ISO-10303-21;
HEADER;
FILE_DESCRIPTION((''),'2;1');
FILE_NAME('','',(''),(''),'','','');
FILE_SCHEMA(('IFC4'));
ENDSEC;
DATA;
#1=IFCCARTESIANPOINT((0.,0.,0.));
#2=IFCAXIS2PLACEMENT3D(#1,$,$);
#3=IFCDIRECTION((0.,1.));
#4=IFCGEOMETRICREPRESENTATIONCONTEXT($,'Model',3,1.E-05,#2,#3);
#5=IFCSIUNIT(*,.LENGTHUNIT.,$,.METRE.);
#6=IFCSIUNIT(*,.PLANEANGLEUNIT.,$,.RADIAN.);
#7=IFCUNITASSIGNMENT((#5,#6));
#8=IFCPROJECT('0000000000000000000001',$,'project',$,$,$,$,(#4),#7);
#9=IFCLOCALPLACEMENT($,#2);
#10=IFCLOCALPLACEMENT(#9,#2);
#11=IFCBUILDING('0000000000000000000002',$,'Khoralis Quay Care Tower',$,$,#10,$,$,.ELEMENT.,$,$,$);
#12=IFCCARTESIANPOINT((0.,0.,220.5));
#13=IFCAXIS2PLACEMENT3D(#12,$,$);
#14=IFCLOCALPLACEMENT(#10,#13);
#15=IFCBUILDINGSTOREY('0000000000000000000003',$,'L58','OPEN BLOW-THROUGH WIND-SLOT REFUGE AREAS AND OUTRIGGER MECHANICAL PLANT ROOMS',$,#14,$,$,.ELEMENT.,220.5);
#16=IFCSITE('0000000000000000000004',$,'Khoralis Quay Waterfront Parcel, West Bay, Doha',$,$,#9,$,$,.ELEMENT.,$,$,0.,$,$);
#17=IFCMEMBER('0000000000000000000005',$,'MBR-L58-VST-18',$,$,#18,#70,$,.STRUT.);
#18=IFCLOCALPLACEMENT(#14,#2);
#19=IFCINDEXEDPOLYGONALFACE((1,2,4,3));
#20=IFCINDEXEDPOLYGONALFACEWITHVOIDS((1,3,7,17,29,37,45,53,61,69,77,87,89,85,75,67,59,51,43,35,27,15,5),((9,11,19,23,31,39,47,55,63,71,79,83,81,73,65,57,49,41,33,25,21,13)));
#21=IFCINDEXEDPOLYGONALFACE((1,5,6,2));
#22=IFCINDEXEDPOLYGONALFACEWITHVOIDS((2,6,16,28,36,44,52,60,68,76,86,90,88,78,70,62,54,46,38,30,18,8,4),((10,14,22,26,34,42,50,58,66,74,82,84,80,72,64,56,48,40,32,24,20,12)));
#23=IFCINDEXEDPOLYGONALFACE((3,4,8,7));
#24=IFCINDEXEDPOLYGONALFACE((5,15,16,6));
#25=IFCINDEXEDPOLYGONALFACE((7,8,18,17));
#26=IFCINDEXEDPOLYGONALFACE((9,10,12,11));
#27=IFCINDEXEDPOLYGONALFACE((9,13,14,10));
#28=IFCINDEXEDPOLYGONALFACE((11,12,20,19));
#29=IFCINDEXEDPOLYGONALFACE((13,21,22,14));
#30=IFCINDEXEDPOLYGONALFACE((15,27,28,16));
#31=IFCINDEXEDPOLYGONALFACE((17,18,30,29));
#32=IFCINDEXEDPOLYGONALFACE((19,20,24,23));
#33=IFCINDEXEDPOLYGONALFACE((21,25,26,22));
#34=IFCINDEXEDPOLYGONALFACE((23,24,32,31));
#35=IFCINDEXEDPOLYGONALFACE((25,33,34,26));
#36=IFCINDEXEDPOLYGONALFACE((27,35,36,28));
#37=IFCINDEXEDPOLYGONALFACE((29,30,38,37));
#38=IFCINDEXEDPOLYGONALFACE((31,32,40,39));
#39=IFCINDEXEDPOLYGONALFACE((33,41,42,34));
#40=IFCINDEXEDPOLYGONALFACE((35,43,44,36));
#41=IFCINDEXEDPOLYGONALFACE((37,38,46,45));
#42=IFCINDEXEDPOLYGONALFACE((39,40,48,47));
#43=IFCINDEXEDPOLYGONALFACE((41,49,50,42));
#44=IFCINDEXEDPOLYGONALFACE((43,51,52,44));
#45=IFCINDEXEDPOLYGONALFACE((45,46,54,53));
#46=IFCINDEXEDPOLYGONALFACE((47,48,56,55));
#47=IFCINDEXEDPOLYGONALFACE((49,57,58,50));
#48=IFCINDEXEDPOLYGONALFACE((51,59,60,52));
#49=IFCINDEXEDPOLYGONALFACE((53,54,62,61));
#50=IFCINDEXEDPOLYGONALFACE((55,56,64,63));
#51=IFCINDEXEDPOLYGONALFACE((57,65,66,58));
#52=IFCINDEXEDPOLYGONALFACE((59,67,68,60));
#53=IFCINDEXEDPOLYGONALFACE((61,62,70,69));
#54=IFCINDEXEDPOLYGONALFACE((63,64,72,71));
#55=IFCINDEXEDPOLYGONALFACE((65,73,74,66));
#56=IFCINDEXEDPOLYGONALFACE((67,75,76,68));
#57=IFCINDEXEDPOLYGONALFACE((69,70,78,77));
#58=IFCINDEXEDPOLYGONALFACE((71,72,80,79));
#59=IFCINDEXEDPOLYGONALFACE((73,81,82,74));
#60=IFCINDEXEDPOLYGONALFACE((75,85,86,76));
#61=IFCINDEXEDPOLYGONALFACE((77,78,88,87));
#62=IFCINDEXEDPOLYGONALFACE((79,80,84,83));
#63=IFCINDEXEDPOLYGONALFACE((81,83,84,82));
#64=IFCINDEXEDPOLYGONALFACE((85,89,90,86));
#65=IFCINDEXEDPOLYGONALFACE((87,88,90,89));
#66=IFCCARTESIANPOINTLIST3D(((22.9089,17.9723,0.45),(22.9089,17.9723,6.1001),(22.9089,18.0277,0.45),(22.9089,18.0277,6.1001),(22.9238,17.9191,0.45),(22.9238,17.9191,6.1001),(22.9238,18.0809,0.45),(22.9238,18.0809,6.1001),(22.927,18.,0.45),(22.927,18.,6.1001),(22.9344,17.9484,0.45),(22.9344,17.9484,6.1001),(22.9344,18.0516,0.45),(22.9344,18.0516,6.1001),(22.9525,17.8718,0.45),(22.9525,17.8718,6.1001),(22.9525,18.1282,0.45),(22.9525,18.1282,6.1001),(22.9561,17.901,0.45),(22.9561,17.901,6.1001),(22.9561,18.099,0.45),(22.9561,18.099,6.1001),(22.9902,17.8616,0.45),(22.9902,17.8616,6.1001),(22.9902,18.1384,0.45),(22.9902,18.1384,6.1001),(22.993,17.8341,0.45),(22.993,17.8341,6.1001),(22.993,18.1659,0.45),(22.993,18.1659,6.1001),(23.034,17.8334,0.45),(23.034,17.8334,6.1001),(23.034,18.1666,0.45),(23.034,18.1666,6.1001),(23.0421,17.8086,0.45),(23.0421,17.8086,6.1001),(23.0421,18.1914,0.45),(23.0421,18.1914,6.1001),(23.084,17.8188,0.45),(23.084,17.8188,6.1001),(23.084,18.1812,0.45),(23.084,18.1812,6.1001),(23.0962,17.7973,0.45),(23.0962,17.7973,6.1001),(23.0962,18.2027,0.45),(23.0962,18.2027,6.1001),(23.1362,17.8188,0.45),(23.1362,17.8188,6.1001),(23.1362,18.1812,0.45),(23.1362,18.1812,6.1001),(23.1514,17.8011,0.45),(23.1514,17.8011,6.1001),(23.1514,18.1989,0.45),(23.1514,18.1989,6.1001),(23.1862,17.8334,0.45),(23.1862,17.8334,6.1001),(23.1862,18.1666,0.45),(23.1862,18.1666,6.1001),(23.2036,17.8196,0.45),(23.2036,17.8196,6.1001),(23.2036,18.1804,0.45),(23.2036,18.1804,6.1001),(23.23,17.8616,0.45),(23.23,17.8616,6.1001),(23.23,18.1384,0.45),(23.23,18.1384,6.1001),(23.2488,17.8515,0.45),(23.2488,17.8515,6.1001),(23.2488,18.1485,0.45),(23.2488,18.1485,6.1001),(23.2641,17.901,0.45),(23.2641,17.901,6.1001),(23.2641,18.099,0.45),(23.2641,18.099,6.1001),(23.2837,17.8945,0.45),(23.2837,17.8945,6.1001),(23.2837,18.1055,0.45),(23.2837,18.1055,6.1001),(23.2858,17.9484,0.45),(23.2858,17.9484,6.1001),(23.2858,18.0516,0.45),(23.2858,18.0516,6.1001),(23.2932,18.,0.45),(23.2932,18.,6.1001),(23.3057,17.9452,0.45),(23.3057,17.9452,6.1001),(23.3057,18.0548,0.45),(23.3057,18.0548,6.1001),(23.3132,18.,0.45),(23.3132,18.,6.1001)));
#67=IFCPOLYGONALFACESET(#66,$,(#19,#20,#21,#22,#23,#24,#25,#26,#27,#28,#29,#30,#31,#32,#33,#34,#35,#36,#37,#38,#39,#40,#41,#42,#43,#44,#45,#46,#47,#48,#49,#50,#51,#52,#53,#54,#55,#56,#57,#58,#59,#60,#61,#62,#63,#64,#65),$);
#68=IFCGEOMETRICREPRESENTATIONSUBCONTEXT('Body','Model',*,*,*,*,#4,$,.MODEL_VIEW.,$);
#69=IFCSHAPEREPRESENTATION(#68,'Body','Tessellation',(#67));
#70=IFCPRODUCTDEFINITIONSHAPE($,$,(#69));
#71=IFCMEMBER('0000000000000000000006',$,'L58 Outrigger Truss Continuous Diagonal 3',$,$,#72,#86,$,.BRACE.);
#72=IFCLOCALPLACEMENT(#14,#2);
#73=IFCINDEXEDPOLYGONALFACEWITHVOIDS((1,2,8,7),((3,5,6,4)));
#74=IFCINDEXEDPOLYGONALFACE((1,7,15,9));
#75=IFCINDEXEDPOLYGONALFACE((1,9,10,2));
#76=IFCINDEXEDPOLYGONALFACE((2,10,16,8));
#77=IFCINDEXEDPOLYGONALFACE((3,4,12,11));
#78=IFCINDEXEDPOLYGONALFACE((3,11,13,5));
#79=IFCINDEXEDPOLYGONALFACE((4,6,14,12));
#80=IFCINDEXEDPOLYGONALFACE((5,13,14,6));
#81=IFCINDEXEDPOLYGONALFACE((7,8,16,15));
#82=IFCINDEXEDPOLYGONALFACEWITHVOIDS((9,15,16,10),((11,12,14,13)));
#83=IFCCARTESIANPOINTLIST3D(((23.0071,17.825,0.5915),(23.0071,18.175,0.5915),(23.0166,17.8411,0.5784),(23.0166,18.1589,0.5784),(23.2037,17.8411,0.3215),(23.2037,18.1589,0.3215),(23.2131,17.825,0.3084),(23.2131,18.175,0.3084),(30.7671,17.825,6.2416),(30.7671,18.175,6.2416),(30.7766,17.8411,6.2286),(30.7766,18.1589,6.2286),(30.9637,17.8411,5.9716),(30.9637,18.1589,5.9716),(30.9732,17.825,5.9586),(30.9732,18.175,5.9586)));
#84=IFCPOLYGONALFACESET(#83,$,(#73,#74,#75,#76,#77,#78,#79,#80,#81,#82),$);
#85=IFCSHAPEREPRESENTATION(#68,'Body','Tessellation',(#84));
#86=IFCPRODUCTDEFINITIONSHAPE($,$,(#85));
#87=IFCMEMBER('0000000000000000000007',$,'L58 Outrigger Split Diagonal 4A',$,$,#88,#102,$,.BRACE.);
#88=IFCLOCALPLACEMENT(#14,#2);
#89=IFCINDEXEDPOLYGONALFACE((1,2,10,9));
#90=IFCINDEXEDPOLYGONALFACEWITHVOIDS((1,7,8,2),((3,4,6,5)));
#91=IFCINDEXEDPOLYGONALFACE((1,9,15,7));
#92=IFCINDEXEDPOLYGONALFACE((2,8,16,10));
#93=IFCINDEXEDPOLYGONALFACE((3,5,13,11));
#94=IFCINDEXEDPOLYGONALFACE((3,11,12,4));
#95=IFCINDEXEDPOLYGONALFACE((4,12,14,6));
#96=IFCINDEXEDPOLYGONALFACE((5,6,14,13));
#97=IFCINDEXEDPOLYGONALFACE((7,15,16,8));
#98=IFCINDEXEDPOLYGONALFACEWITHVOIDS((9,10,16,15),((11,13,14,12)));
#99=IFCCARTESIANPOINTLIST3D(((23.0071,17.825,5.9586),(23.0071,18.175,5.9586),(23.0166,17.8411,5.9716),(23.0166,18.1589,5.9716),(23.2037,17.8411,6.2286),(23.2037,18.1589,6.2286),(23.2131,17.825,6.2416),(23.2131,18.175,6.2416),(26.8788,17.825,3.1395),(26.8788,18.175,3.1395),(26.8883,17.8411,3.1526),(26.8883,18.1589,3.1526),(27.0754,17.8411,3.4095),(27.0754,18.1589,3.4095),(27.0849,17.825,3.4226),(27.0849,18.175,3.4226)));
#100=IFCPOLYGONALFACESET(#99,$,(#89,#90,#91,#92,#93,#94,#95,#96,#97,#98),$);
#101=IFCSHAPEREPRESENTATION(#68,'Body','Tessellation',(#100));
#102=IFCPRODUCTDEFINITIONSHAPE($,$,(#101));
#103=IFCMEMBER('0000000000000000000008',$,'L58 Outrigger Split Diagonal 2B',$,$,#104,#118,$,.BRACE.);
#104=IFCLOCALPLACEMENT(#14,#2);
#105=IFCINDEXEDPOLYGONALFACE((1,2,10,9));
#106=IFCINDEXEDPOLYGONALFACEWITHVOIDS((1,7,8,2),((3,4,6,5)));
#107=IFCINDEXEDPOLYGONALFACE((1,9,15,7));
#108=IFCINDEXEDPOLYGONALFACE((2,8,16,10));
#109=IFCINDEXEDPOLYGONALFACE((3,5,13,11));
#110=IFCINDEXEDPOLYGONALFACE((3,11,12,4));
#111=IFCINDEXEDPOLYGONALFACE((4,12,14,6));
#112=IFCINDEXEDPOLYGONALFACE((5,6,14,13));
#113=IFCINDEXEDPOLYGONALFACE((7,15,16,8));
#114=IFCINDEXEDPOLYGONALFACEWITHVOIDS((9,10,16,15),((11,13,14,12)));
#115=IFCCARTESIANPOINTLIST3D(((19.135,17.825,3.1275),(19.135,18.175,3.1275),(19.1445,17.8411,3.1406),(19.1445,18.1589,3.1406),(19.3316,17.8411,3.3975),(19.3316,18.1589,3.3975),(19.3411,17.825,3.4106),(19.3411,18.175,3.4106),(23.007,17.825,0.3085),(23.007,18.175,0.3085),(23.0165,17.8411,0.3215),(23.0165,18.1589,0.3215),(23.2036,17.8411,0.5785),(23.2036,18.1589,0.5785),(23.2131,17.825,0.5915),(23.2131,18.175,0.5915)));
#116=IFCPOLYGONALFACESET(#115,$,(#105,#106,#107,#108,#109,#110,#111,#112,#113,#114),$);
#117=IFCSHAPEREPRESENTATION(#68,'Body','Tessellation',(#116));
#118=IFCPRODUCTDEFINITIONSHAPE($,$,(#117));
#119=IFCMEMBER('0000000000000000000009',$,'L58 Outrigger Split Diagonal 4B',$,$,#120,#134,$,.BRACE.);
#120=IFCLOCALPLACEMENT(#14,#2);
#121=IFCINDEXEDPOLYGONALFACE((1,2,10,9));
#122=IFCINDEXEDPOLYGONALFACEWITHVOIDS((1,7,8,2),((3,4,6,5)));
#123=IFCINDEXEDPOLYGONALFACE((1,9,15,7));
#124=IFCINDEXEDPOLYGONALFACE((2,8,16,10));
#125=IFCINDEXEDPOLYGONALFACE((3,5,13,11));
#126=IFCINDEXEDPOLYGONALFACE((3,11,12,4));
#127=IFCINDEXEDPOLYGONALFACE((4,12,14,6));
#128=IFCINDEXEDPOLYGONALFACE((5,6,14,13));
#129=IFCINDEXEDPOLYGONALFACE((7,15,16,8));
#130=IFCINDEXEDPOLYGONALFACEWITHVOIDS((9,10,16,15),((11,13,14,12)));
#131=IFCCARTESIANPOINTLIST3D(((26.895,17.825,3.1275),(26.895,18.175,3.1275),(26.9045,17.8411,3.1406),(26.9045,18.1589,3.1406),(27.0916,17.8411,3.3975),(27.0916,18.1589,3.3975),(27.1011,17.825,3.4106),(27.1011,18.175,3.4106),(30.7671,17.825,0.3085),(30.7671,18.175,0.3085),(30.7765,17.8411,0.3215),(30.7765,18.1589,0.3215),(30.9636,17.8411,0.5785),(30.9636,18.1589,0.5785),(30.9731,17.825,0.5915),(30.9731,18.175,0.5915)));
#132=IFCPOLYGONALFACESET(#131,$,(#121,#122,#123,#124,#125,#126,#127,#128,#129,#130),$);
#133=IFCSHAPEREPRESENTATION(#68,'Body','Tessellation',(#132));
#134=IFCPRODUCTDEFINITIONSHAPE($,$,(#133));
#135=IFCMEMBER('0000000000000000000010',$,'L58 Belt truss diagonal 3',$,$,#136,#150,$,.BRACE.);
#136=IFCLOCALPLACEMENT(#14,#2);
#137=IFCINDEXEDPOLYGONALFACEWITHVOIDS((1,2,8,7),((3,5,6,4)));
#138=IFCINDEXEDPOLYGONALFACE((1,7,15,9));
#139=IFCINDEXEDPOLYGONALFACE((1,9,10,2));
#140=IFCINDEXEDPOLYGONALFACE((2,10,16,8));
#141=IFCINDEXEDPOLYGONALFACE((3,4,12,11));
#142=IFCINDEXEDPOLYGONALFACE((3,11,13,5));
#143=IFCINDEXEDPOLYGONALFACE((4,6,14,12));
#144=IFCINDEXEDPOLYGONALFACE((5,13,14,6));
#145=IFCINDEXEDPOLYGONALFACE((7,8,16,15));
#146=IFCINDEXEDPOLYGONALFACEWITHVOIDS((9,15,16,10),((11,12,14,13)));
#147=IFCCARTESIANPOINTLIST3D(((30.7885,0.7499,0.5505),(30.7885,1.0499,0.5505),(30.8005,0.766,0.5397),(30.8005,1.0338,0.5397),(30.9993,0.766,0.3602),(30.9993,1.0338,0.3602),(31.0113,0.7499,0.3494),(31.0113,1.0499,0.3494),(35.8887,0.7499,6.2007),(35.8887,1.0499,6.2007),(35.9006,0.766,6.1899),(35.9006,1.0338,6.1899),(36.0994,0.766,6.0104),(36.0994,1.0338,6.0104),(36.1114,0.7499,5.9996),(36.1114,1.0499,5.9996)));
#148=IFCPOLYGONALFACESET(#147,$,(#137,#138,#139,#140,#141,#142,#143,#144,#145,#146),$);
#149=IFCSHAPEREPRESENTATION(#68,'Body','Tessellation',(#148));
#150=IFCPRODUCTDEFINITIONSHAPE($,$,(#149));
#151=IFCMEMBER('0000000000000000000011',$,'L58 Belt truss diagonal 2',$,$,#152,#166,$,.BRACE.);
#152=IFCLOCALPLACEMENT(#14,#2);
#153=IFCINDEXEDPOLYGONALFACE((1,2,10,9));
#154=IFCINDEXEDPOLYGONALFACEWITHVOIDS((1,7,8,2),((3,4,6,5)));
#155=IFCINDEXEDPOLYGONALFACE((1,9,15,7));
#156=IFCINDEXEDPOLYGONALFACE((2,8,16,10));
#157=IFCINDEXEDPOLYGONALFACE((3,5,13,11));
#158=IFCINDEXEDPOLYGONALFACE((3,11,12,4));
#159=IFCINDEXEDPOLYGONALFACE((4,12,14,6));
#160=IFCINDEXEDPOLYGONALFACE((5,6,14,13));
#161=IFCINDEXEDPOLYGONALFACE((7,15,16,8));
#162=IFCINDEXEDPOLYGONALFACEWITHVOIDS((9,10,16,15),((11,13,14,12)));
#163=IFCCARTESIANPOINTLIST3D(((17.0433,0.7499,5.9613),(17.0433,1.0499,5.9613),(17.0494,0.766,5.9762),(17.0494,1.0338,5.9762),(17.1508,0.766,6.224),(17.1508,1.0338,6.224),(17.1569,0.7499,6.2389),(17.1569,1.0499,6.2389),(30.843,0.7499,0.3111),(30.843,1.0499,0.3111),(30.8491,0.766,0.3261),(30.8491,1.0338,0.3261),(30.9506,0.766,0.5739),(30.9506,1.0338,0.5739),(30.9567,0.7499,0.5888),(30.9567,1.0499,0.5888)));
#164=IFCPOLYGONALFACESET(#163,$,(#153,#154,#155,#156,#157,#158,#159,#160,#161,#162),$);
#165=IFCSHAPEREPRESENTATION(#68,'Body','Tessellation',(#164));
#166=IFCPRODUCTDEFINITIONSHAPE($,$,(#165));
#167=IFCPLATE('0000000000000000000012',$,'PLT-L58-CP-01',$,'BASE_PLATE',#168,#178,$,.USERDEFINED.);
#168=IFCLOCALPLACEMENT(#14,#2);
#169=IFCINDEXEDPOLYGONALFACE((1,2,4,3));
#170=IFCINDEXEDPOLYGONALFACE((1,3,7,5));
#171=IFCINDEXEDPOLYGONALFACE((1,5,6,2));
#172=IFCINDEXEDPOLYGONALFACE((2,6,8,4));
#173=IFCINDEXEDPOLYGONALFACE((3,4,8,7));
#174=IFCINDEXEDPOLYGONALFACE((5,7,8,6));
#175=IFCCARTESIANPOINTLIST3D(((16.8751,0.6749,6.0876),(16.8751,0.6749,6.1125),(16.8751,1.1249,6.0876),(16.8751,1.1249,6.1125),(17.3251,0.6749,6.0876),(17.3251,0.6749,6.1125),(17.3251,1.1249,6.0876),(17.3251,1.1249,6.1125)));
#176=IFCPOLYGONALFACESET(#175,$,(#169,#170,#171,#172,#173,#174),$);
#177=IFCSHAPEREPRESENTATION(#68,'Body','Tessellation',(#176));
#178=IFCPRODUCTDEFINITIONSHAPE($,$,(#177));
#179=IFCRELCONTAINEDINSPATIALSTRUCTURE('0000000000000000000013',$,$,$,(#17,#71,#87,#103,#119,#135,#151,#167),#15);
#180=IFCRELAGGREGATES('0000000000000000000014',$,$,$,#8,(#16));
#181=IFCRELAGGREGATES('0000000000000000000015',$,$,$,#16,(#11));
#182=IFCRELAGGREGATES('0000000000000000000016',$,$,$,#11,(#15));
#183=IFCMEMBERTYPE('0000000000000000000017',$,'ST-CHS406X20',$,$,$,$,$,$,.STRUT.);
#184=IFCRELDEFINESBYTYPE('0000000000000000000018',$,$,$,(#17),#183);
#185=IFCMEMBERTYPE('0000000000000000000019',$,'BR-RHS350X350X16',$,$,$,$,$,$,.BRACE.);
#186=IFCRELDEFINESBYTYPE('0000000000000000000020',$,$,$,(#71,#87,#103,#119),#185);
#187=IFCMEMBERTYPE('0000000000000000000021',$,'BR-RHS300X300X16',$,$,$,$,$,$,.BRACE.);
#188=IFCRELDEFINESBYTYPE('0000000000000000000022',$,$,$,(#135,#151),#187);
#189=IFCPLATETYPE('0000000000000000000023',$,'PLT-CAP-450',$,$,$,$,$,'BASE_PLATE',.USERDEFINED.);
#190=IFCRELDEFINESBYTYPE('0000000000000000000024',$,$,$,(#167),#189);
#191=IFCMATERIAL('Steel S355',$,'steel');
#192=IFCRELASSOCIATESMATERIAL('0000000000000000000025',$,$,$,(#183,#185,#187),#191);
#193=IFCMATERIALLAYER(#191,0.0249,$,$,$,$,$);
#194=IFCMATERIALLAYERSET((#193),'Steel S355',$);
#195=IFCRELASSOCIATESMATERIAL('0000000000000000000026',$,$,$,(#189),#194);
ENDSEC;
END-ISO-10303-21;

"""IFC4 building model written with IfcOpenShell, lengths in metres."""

from ifc_helpers import new_model, si_unit, direction, frame, origin, origin_2d, place, context, subcontext, project, spatial, rectangle, hollow_rectangle, hollow_circle, extrude, source, transform, mapped, material, layer, layer_set, material_profile, profile_set, type_object, element, save


model = new_model("IFC4")

# Units and contexts
model_context = context("Model", 3, precision=1e-05, world=origin(), true_north=direction((0.0, 1.0)))
body_context = subcontext(model_context, "Body", "Model", "MODEL_VIEW")
ifc_project = project(units=[si_unit("LENGTHUNIT", "METRE"), si_unit("PLANEANGLEUNIT", "RADIAN")], contexts=[model_context])

# Site, building, storey
site_placement = place(None, origin())
site = spatial("IfcSite", under=ifc_project, at=site_placement, Name="Khoralis Quay Waterfront Parcel, West Bay, Doha", CompositionType="ELEMENT", RefElevation=0.0)
building_placement = place(site_placement, origin())
building = spatial("IfcBuilding", under=site, at=building_placement, Name="Khoralis Quay Care Tower", CompositionType="ELEMENT")
storey_placement = place(building_placement, frame((0.0, 0.0, 220.5)))
storey = spatial("IfcBuildingStorey", under=building, at=storey_placement, Name="L58", Description="OPEN BLOW-THROUGH WIND-SLOT REFUGE AREAS AND OUTRIGGER MECHANICAL PLANT ROOMS", CompositionType="ELEMENT", Elevation=220.5)

# Shared definitions
ifc_material_1 = material(Name="Steel S355", Category="steel")

# Members
ifc_material_profile_1 = material_profile(ifc_material_1, hollow_circle(Radius=0.2031, WallThickness=0.02, at=origin_2d()), Name="Steel S355")
ifc_profile_set_1 = profile_set([ifc_material_profile_1], Name="Steel S355")
member_type_1 = type_object("IfcMemberType", Name="ST-CHS406X20", PredefinedType="STRUT", material=ifc_profile_set_1)
shared_shape_1 = source(origin(), body_context, "Body", "SweptSolid", [
    extrude(hollow_circle(Radius=0.2031, WallThickness=0.02, at=origin_2d()), origin(), (0.0, 0.0, 1.0), 5.6501),
])
member_1_placement = place(storey_placement, frame((23.1101, 18.0, 0.45), z_axis=(0.0, 0.0, 1.0), x_axis=(1.0, 0.0, 0.0)))
element("IfcMember", 1, at=member_1_placement, inside=storey, type_object=member_type_1, Name="MBR-L58-VST-18", PredefinedType="STRUT", context=body_context, shape_type="MappedRepresentation", body=[
    mapped(shared_shape_1, transform((0.0, 0.0, 0.0), scale=1.0)),
])
ifc_material_profile_2 = material_profile(ifc_material_1, hollow_rectangle(XDim=0.3501, YDim=0.3501, WallThickness=0.0161, at=origin_2d()), Name="Steel S355")
ifc_profile_set_2 = profile_set([ifc_material_profile_2], Name="Steel S355")
member_type_2 = type_object("IfcMemberType", Name="BR-RHS350X350X16", PredefinedType="BRACE", material=ifc_profile_set_2)
shared_shape_2 = source(origin(), body_context, "Body", "SweptSolid", [
    extrude(hollow_rectangle(XDim=0.3501, YDim=0.3501, WallThickness=0.0161, at=origin_2d()), origin(), (0.0, 0.0, 1.0), 9.5991),
])
member_2_placement = place(storey_placement, frame((23.1101, 18.0, 0.45), z_axis=(0.808414, 0.0, 0.588615), x_axis=(0.0, 1.0, 0.0)))
element("IfcMember", 2, at=member_2_placement, inside=storey, type_object=member_type_2, Name="L58 Outrigger Truss Continuous Diagonal 3", PredefinedType="BRACE", context=body_context, shape_type="MappedRepresentation", body=[
    mapped(shared_shape_2, transform((0.0, 0.0, 0.0), scale=1.0)),
])
shared_shape_3 = source(origin(), body_context, "Body", "SweptSolid", [
    extrude(hollow_rectangle(XDim=0.3501, YDim=0.3501, WallThickness=0.0161, at=origin_2d()), origin(), (0.0, 0.0, 1.0), 4.7893),
])
member_3_placement = place(storey_placement, frame((23.1101, 18.0, 6.1001), z_axis=(0.808416, 0.0, -0.588611), x_axis=(0.0, 1.0, 0.0)))
element("IfcMember", 3, at=member_3_placement, inside=storey, type_object=member_type_2, Name="L58 Outrigger Split Diagonal 4A", PredefinedType="BRACE", context=body_context, shape_type="MappedRepresentation", body=[
    mapped(shared_shape_3, transform((0.0, 0.0, 0.0), scale=1.0)),
])
shared_shape_4 = source(origin(), body_context, "Body", "SweptSolid", [
    extrude(hollow_rectangle(XDim=0.3501, YDim=0.3501, WallThickness=0.0161, at=origin_2d()), origin(), (0.0, 0.0, 1.0), 4.7896),
])
for number, where, z_axis, x_axis, name in (
    (4, (19.238, 18.0, 3.269), (0.808434, 0.0, -0.588587), (0.0, 1.0, 0.0), "L58 Outrigger Split Diagonal 2B"),
    (5, (26.998, 18.0, 3.269), (0.808434, 0.0, -0.588587), (0.0, 1.0, 0.0), "L58 Outrigger Split Diagonal 4B"),
):
    element("IfcMember", number, at=place(storey_placement, frame(where, z_axis=z_axis, x_axis=x_axis)), inside=storey, type_object=member_type_2, Name=name, PredefinedType="BRACE", context=body_context, shape_type="MappedRepresentation", body=[
        mapped(shared_shape_4, transform((0.0, 0.0, 0.0), scale=1.0)),
    ])
ifc_material_profile_3 = material_profile(ifc_material_1, hollow_rectangle(XDim=0.3, YDim=0.3, WallThickness=0.0161, at=origin_2d()), Name="Steel S355")
ifc_profile_set_3 = profile_set([ifc_material_profile_3], Name="Steel S355")
member_type_3 = type_object("IfcMemberType", Name="BR-RHS300X300X16", PredefinedType="BRACE", material=ifc_profile_set_3)
shared_shape_5 = source(origin(), body_context, "Body", "SweptSolid", [
    extrude(hollow_rectangle(XDim=0.3, YDim=0.3, WallThickness=0.0161, at=origin_2d()), origin(), (0.0, 0.0, 1.0), 7.6116),
])
member_4_placement = place(storey_placement, frame((30.8999, 0.8999, 0.45), z_axis=(0.67005, 0.0, 0.742316), x_axis=(0.0, 1.0, 0.0)))
element("IfcMember", 6, at=member_4_placement, inside=storey, type_object=member_type_3, Name="L58 Belt truss diagonal 3", PredefinedType="BRACE", context=body_context, shape_type="MappedRepresentation", body=[
    mapped(shared_shape_5, transform((0.0, 0.0, 0.0), scale=1.0)),
])
shared_shape_6 = source(origin(), body_context, "Body", "SweptSolid", [
    extrude(hollow_rectangle(XDim=0.3, YDim=0.3, WallThickness=0.0161, at=origin_2d()), origin(), (0.0, 0.0, 1.0), 14.9116),
])
member_5_placement = place(storey_placement, frame((17.1001, 0.8999, 6.1001), z_axis=(0.925435, 0.0, -0.378907), x_axis=(0.0, 1.0, 0.0)))
element("IfcMember", 7, at=member_5_placement, inside=storey, type_object=member_type_3, Name="L58 Belt truss diagonal 2", PredefinedType="BRACE", context=body_context, shape_type="MappedRepresentation", body=[
    mapped(shared_shape_6, transform((0.0, 0.0, 0.0), scale=1.0)),
])

# Plate
ifc_layer_1 = layer(ifc_material_1, 0.0249)
ifc_layer_set_1 = layer_set([ifc_layer_1], Name="Steel S355")
plate_type_1 = type_object("IfcPlateType", Name="PLT-CAP-450", ElementType="BASE_PLATE", PredefinedType="USERDEFINED", material=ifc_layer_set_1)
shared_shape_7 = source(origin(), body_context, "Body", "SweptSolid", [
    extrude(rectangle(XDim=0.45, YDim=0.45, at=origin_2d()), origin(), (0.0, 0.0, 1.0), 0.0249),
])
for number, where, z_axis, x_axis, name in (
    (8, (17.1001, 0.8999, 6.0876), (0.0, 0.0, 1.0), (1.0, 0.0, 0.0), "PLT-L58-CP-01"),
):
    element("IfcPlate", number, at=place(storey_placement, frame(where, z_axis=z_axis, x_axis=x_axis)), inside=storey, type_object=plate_type_1, Name=name, ObjectType="BASE_PLATE", PredefinedType="USERDEFINED", context=body_context, shape_type="MappedRepresentation", body=[
        mapped(shared_shape_7, transform((0.0, 0.0, 0.0), scale=1.0)),
    ])

save(model, "model.ifc")
